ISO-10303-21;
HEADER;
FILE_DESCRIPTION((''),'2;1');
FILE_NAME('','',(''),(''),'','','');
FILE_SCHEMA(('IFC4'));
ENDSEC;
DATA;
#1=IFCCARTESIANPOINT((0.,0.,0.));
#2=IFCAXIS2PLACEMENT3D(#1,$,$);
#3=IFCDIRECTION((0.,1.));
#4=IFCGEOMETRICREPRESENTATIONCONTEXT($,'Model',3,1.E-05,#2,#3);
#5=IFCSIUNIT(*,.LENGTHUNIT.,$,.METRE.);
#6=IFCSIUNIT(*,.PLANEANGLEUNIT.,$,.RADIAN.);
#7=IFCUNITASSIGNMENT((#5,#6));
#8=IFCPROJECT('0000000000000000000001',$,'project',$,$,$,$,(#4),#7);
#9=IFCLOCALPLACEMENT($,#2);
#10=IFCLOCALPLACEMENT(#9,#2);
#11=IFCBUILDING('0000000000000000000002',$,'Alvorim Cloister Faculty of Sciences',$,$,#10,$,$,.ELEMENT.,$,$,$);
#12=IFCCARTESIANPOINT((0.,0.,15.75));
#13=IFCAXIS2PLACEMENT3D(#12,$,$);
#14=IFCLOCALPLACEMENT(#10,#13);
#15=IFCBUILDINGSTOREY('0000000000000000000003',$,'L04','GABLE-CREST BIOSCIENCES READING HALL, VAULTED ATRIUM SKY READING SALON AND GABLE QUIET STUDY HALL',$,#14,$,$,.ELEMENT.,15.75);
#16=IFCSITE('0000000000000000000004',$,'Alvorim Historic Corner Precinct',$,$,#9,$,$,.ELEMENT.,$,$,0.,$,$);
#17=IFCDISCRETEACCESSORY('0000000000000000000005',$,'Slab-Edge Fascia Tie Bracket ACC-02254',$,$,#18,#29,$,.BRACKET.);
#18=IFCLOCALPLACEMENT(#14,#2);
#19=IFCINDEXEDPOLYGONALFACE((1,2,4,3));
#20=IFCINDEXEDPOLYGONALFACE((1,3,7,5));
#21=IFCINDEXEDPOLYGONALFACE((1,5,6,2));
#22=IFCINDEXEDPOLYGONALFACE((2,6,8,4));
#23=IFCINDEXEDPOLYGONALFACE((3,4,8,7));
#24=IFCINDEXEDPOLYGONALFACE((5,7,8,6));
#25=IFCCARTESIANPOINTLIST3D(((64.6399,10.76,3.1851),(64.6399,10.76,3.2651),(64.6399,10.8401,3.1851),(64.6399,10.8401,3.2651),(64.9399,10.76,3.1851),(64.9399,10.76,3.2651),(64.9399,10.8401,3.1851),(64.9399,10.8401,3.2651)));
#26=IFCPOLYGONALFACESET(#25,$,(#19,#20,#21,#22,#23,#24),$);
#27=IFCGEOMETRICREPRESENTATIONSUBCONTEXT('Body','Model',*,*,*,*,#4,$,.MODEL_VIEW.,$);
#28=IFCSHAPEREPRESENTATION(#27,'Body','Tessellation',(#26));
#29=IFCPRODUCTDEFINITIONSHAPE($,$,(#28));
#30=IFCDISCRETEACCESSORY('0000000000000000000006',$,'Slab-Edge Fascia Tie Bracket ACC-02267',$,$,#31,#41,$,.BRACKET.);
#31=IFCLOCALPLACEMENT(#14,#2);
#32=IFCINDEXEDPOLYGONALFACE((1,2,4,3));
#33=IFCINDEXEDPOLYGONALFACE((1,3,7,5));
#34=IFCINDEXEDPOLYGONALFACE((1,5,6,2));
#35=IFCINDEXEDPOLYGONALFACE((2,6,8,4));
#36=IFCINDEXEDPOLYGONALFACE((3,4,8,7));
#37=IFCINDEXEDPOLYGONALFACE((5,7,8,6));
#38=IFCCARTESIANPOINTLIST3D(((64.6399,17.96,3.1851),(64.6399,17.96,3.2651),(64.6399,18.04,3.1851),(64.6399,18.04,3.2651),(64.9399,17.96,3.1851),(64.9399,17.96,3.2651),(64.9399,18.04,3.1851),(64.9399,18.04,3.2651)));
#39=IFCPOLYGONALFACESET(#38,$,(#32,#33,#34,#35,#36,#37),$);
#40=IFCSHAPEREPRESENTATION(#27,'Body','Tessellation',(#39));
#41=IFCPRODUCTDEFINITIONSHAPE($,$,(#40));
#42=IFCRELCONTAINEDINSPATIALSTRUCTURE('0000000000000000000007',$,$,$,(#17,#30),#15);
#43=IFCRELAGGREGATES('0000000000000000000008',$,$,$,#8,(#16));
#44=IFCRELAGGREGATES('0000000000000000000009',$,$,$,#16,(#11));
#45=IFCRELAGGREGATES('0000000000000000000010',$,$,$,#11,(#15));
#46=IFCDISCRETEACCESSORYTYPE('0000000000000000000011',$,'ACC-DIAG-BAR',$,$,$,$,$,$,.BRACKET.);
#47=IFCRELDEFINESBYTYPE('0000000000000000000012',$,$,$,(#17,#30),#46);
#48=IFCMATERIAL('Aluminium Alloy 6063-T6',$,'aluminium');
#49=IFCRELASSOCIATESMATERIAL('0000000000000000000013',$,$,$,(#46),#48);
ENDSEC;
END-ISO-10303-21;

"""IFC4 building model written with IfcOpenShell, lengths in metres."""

from ifc_helpers import new_model, si_unit, direction, frame, origin, origin_2d, place, context, subcontext, project, spatial, rectangle, extrude, material, type_object, element, save


model = new_model("IFC4")

# Units and contexts
model_context = context("Model", 3, precision=1e-05, world=origin(), true_north=direction((0.0, 1.0)))
body_context = subcontext(model_context, "Body", "Model", "MODEL_VIEW")
ifc_project = project(units=[si_unit("LENGTHUNIT", "METRE"), si_unit("PLANEANGLEUNIT", "RADIAN")], contexts=[model_context])

# Site, building, storey
site_placement = place(None, origin())
site = spatial("IfcSite", under=ifc_project, at=site_placement, Name="Alvorim Historic Corner Precinct", CompositionType="ELEMENT", RefElevation=0.0)
building_placement = place(site_placement, origin())
building = spatial("IfcBuilding", under=site, at=building_placement, Name="Alvorim Cloister Faculty of Sciences", CompositionType="ELEMENT")
storey_placement = place(building_placement, frame((0.0, 0.0, 15.75)))
storey = spatial("IfcBuildingStorey", under=building, at=storey_placement, Name="L04", Description="GABLE-CREST BIOSCIENCES READING HALL, VAULTED ATRIUM SKY READING SALON AND GABLE QUIET STUDY HALL", CompositionType="ELEMENT", Elevation=15.75)

# Shared definitions
ifc_material_1 = material(Name="Aluminium Alloy 6063-T6", Category="aluminium")

# Discrete accessories
discrete_accessory_type = type_object("IfcDiscreteAccessoryType", Name="ACC-DIAG-BAR", PredefinedType="BRACKET", material=ifc_material_1)
for number, where, z_axis, x_axis, name in (
    (1, (64.9399, 10.8, 3.2251), (-1.0, 0.0, 0.0), (0.0, -1.0, 0.0), "Slab-Edge Fascia Tie Bracket ACC-02254"),
    (2, (64.9399, 18.0, 3.2251), (-1.0, 0.0, 0.0), (0.0, -1.0, 0.0), "Slab-Edge Fascia Tie Bracket ACC-02267"),
):
    element("IfcDiscreteAccessory", number, at=place(storey_placement, frame(where, z_axis=z_axis, x_axis=x_axis)), inside=storey, type_object=discrete_accessory_type, Name=name, PredefinedType="BRACKET", context=body_context, shape_type="SweptSolid", body=[
        extrude(rectangle(XDim=0.0801, YDim=0.0801, at=origin_2d()), origin(), (0.0, 0.0, 1.0), 0.3),
    ])

save(model, "model.ifc")
